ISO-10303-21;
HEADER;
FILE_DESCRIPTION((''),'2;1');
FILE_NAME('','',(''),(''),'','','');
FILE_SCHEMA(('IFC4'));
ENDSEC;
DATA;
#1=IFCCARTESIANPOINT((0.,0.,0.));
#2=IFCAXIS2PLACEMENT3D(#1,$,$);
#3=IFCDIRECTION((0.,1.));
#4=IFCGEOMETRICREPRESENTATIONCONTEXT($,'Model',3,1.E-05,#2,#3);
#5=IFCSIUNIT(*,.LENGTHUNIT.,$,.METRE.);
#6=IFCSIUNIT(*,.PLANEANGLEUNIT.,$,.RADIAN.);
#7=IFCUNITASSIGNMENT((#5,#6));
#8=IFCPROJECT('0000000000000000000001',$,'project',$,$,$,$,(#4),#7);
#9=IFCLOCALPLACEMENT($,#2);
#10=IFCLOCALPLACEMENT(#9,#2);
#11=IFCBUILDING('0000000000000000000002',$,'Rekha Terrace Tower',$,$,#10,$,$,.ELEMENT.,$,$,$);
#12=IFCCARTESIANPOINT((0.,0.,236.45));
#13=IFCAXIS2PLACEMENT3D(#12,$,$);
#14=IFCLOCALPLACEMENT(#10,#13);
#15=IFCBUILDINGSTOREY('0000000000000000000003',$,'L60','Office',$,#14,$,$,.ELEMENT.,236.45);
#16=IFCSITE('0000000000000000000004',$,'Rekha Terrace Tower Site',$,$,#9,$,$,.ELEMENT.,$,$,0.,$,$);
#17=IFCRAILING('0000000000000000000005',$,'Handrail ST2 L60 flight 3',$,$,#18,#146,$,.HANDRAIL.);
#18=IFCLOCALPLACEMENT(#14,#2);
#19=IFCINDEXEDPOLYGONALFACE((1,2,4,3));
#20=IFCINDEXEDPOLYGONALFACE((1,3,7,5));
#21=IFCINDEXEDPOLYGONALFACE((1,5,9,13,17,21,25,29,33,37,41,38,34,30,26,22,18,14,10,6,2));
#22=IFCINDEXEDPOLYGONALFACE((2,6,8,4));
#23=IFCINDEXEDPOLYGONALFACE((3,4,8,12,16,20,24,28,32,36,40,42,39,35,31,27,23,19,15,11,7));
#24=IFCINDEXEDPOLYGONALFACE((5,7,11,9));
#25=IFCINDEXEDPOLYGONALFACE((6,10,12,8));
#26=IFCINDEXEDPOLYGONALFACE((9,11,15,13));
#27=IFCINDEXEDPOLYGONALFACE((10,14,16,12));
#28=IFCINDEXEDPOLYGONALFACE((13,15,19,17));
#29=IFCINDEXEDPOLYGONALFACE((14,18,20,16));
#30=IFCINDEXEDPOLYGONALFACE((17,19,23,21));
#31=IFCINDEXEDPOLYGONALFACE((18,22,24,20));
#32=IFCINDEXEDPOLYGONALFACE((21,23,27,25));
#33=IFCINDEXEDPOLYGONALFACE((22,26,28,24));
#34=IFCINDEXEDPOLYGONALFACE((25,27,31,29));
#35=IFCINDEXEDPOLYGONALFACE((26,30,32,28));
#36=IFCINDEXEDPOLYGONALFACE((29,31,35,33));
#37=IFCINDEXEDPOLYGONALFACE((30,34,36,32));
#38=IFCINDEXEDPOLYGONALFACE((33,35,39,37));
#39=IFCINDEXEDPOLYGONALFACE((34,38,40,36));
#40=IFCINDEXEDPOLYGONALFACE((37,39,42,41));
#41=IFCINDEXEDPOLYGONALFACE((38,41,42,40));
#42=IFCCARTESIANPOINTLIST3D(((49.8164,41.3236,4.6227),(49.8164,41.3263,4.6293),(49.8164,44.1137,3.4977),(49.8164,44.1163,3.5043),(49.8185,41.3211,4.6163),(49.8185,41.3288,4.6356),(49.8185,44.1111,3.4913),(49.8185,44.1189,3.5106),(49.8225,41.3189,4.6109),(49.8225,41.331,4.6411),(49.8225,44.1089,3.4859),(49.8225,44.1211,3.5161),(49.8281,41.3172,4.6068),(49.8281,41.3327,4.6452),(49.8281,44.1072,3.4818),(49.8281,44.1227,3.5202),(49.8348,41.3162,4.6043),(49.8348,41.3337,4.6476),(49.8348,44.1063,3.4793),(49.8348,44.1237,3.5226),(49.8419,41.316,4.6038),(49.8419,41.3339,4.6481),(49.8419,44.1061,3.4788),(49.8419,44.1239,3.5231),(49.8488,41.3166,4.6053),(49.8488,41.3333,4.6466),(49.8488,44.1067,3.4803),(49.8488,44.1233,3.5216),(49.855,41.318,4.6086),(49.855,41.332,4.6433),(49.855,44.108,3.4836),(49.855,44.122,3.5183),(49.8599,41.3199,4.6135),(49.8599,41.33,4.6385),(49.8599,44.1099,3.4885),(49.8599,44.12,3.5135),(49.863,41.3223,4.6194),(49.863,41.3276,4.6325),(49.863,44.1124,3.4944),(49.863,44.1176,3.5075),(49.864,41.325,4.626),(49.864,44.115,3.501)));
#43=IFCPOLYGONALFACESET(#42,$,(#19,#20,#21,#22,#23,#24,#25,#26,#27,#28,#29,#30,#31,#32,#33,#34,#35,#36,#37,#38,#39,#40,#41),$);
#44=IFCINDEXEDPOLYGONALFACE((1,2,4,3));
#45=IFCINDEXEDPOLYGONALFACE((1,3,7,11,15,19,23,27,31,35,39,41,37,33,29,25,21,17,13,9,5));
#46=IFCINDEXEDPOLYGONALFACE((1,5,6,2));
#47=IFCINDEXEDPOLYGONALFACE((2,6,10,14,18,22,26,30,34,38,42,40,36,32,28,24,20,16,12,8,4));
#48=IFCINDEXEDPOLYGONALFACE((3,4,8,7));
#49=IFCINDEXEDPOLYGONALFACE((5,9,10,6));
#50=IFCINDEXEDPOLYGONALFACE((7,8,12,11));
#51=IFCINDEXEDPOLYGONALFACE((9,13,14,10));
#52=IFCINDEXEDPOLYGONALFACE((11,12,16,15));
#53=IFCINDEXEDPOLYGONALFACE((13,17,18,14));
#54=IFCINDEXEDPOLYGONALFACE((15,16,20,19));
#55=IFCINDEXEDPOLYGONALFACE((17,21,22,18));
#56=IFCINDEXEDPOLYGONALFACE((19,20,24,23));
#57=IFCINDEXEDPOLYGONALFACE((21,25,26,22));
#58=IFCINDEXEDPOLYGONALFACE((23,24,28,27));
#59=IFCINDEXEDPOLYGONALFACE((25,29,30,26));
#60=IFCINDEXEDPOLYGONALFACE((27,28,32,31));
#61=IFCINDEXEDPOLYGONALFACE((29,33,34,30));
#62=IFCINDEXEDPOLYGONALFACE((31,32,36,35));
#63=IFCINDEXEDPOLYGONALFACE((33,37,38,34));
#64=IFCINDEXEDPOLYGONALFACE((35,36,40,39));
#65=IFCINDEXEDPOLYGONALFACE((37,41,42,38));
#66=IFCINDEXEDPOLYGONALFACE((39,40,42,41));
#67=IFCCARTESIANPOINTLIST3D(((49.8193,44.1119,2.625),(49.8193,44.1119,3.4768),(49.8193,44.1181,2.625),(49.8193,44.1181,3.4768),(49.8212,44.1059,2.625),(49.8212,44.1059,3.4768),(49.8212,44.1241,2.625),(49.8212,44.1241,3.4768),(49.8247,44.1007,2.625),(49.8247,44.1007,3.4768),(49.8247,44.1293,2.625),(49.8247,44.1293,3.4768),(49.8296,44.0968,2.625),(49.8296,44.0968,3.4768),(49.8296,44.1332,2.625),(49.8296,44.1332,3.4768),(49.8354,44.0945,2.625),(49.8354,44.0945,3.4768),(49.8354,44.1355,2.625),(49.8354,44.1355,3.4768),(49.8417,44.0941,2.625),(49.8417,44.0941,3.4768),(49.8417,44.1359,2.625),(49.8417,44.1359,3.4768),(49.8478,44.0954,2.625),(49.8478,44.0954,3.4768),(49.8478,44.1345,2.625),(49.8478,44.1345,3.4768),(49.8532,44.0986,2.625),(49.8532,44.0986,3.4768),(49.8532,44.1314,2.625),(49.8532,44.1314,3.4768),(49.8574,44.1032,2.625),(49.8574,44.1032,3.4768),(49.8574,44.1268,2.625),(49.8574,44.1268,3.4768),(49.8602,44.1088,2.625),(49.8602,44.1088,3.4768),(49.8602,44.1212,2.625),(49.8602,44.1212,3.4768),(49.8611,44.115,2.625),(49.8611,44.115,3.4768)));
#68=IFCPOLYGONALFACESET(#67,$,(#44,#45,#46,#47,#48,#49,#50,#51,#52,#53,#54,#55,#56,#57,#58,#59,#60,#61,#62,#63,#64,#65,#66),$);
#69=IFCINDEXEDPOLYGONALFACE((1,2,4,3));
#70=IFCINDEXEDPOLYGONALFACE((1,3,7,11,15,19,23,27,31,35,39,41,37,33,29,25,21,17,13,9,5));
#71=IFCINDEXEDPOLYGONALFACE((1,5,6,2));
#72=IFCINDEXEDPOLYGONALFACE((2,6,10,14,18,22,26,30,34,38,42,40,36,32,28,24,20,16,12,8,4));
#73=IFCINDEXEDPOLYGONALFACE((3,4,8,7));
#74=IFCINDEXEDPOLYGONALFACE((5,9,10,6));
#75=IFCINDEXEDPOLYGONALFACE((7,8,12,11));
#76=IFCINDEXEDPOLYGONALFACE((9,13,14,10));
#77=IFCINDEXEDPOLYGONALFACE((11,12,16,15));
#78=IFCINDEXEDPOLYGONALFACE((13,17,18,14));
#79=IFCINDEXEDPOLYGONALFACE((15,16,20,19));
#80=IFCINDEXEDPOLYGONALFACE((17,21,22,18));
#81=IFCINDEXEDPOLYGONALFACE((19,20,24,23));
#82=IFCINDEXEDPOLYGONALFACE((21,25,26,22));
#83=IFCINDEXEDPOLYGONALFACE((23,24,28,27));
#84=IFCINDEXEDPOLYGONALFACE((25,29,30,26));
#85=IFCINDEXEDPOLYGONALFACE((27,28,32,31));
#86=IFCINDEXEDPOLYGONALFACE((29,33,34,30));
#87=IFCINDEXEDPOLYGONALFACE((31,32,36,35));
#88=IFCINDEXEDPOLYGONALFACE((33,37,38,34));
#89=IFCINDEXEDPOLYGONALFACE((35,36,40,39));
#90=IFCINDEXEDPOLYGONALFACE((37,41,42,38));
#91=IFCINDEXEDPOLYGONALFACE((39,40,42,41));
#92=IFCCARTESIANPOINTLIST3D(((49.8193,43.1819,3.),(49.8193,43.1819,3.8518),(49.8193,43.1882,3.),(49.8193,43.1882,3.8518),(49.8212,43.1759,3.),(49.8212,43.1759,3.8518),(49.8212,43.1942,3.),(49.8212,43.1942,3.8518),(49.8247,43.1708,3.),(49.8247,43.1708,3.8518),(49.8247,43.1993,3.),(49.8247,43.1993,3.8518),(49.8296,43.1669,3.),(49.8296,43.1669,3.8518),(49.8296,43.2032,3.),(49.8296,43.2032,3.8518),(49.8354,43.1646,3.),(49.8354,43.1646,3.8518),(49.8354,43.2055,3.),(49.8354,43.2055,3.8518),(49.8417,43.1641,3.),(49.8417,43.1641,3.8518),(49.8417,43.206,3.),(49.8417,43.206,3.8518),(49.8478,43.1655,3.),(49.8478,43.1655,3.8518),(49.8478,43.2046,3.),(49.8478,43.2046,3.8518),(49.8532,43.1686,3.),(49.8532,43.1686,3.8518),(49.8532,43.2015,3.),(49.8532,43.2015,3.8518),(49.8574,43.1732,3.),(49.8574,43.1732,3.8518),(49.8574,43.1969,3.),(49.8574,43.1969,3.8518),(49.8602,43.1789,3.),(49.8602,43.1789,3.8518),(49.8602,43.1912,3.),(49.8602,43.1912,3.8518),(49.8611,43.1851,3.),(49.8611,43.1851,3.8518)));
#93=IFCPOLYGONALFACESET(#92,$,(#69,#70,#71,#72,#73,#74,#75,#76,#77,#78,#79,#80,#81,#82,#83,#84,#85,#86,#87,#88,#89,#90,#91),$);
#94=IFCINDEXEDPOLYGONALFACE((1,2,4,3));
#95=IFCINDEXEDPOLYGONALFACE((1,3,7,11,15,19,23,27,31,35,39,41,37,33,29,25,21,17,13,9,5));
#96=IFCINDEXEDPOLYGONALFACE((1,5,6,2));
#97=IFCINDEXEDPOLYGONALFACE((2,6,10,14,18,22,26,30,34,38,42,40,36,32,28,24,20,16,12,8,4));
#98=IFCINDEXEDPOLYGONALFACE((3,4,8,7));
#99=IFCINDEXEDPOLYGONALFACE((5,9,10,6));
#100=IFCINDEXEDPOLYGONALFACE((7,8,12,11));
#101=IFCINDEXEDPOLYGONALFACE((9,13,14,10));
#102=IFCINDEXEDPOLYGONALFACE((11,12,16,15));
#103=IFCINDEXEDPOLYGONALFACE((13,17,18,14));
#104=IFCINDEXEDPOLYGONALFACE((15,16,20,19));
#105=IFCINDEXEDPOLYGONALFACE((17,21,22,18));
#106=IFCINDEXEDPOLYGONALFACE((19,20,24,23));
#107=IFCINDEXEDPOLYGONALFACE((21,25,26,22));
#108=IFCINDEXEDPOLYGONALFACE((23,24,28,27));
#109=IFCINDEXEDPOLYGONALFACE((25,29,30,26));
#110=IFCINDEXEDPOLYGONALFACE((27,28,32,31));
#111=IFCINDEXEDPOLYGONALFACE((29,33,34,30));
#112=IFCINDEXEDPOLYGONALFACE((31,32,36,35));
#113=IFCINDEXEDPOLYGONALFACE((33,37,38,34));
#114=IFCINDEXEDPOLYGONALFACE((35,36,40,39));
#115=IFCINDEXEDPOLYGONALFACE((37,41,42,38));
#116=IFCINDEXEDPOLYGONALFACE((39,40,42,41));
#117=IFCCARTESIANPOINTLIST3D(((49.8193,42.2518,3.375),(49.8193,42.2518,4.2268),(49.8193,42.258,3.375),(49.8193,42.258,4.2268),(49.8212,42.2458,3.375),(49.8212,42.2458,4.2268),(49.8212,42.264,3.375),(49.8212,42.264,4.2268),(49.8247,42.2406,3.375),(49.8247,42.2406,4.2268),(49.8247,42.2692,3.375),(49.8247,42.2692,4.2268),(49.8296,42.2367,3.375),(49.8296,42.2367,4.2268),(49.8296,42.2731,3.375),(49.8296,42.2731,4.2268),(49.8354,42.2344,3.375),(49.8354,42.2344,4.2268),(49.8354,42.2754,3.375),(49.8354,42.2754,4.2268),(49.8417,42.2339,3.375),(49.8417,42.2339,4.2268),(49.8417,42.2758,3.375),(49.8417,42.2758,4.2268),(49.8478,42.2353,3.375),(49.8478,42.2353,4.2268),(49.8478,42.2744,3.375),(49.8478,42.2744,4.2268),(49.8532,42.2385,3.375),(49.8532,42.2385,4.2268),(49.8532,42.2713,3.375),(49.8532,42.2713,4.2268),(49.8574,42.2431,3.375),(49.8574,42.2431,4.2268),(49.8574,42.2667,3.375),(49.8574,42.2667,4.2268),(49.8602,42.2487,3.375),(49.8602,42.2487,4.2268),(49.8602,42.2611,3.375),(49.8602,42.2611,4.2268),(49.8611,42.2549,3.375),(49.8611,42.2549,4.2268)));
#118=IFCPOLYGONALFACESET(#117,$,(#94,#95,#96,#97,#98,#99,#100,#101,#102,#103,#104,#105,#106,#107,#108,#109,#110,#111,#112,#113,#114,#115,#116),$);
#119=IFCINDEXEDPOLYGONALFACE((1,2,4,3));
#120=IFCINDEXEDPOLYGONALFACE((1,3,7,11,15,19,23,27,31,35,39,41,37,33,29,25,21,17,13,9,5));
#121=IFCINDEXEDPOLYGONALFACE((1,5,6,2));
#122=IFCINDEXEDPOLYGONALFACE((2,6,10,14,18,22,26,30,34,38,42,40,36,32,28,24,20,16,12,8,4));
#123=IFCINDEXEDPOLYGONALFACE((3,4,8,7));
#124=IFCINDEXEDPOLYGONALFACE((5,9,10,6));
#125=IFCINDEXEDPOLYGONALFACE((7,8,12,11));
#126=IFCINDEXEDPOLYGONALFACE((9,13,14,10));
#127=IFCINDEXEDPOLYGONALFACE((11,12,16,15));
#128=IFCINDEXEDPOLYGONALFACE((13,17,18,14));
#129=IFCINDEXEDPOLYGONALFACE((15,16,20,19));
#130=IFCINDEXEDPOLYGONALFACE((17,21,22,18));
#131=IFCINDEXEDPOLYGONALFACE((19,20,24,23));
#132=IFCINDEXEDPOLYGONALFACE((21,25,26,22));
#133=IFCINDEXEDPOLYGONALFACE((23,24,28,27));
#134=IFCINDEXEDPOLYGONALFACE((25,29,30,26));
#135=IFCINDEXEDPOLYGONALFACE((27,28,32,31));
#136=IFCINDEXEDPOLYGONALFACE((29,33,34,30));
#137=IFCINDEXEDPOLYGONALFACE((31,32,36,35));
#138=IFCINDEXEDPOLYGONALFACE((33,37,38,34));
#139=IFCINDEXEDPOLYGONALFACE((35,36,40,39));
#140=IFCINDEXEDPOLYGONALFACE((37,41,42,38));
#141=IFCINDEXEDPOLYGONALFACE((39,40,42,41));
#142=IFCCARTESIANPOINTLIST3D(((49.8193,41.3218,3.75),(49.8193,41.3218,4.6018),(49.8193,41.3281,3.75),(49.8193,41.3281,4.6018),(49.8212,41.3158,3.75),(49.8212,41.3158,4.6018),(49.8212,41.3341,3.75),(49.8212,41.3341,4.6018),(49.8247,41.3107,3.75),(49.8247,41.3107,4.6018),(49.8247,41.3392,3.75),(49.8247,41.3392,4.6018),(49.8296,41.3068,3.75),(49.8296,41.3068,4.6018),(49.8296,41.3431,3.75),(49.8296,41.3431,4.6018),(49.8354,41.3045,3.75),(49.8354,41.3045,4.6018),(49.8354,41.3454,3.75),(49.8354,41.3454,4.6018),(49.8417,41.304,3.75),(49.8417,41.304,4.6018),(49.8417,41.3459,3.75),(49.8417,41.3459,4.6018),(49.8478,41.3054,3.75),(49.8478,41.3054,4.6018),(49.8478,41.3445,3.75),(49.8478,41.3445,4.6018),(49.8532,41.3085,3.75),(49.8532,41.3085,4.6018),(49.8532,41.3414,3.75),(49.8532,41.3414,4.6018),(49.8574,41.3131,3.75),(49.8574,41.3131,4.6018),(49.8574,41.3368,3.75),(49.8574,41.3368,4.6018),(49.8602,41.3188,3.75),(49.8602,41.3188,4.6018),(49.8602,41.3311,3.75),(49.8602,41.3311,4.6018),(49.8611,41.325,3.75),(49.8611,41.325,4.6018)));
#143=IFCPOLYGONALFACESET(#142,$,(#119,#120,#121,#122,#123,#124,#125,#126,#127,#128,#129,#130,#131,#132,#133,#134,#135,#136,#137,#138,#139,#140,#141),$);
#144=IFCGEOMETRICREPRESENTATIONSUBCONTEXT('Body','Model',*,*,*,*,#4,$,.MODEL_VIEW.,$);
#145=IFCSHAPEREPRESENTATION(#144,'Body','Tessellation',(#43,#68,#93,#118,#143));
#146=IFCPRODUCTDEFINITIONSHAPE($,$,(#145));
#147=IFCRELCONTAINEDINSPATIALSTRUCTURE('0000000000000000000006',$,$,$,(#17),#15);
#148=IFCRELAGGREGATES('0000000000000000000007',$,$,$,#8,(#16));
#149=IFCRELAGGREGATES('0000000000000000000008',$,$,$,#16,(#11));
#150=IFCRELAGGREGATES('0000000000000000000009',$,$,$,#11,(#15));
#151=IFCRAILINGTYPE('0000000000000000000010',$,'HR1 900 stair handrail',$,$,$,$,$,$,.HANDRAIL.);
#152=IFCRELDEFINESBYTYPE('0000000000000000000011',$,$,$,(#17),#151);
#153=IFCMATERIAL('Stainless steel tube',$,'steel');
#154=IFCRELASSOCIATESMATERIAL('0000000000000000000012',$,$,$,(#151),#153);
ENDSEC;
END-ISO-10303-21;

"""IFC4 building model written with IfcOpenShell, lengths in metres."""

from ifc_helpers import new_model, si_unit, direction, frame, origin, origin_2d, place, context, subcontext, project, spatial, circle, extrude, material, type_object, element, save


model = new_model("IFC4")

# Units and contexts
model_context = context("Model", 3, precision=1e-05, world=origin(), true_north=direction((0.0, 1.0)))
body_context = subcontext(model_context, "Body", "Model", "MODEL_VIEW")
ifc_project = project(units=[si_unit("LENGTHUNIT", "METRE"), si_unit("PLANEANGLEUNIT", "RADIAN")], contexts=[model_context])

# Site, building, storey
site_placement = place(None, origin())
site = spatial("IfcSite", under=ifc_project, at=site_placement, Name="Rekha Terrace Tower Site", CompositionType="ELEMENT", RefElevation=0.0)
building_placement = place(site_placement, origin())
building = spatial("IfcBuilding", under=site, at=building_placement, Name="Rekha Terrace Tower", CompositionType="ELEMENT")
storey_placement = place(building_placement, frame((0.0, 0.0, 236.45)))
storey = spatial("IfcBuildingStorey", under=building, at=storey_placement, Name="L60", Description="Office", CompositionType="ELEMENT", Elevation=236.45)

# Railing
ifc_material_1 = material(Name="Stainless steel tube", Category="steel")
railing_type_1 = type_object("IfcRailingType", Name="HR1 900 stair handrail", PredefinedType="HANDRAIL", material=ifc_material_1)
railing_1_placement = place(storey_placement, frame((49.8401, 44.115, 2.625)))
element("IfcRailing", 1, at=railing_1_placement, inside=storey, type_object=railing_type_1, Name="Handrail ST2 L60 flight 3", PredefinedType="HANDRAIL", context=body_context, shape_type="SweptSolid", body=[
    extrude(circle(Radius=0.0239, at=origin_2d()), frame((0.0, 0.0, 0.876), z_axis=(0.0, -0.927443, 0.373964), x_axis=(1.0, 0.0, 0.0)), (0.0, 0.0, 1.0), 3.0083),
    extrude(circle(Radius=0.021, at=origin_2d()), origin(), (0.0, 0.0, 1.0), 0.8518),
    extrude(circle(Radius=0.021, at=origin_2d()), frame((0.0, -0.9299, 0.375)), (0.0, 0.0, 1.0), 0.8518),
    extrude(circle(Radius=0.021, at=origin_2d()), frame((0.0, -1.8601, 0.75)), (0.0, 0.0, 1.0), 0.8518),
    extrude(circle(Radius=0.021, at=origin_2d()), frame((0.0, -2.79, 1.125)), (0.0, 0.0, 1.0), 0.8518),
])

save(model, "model.ifc")
